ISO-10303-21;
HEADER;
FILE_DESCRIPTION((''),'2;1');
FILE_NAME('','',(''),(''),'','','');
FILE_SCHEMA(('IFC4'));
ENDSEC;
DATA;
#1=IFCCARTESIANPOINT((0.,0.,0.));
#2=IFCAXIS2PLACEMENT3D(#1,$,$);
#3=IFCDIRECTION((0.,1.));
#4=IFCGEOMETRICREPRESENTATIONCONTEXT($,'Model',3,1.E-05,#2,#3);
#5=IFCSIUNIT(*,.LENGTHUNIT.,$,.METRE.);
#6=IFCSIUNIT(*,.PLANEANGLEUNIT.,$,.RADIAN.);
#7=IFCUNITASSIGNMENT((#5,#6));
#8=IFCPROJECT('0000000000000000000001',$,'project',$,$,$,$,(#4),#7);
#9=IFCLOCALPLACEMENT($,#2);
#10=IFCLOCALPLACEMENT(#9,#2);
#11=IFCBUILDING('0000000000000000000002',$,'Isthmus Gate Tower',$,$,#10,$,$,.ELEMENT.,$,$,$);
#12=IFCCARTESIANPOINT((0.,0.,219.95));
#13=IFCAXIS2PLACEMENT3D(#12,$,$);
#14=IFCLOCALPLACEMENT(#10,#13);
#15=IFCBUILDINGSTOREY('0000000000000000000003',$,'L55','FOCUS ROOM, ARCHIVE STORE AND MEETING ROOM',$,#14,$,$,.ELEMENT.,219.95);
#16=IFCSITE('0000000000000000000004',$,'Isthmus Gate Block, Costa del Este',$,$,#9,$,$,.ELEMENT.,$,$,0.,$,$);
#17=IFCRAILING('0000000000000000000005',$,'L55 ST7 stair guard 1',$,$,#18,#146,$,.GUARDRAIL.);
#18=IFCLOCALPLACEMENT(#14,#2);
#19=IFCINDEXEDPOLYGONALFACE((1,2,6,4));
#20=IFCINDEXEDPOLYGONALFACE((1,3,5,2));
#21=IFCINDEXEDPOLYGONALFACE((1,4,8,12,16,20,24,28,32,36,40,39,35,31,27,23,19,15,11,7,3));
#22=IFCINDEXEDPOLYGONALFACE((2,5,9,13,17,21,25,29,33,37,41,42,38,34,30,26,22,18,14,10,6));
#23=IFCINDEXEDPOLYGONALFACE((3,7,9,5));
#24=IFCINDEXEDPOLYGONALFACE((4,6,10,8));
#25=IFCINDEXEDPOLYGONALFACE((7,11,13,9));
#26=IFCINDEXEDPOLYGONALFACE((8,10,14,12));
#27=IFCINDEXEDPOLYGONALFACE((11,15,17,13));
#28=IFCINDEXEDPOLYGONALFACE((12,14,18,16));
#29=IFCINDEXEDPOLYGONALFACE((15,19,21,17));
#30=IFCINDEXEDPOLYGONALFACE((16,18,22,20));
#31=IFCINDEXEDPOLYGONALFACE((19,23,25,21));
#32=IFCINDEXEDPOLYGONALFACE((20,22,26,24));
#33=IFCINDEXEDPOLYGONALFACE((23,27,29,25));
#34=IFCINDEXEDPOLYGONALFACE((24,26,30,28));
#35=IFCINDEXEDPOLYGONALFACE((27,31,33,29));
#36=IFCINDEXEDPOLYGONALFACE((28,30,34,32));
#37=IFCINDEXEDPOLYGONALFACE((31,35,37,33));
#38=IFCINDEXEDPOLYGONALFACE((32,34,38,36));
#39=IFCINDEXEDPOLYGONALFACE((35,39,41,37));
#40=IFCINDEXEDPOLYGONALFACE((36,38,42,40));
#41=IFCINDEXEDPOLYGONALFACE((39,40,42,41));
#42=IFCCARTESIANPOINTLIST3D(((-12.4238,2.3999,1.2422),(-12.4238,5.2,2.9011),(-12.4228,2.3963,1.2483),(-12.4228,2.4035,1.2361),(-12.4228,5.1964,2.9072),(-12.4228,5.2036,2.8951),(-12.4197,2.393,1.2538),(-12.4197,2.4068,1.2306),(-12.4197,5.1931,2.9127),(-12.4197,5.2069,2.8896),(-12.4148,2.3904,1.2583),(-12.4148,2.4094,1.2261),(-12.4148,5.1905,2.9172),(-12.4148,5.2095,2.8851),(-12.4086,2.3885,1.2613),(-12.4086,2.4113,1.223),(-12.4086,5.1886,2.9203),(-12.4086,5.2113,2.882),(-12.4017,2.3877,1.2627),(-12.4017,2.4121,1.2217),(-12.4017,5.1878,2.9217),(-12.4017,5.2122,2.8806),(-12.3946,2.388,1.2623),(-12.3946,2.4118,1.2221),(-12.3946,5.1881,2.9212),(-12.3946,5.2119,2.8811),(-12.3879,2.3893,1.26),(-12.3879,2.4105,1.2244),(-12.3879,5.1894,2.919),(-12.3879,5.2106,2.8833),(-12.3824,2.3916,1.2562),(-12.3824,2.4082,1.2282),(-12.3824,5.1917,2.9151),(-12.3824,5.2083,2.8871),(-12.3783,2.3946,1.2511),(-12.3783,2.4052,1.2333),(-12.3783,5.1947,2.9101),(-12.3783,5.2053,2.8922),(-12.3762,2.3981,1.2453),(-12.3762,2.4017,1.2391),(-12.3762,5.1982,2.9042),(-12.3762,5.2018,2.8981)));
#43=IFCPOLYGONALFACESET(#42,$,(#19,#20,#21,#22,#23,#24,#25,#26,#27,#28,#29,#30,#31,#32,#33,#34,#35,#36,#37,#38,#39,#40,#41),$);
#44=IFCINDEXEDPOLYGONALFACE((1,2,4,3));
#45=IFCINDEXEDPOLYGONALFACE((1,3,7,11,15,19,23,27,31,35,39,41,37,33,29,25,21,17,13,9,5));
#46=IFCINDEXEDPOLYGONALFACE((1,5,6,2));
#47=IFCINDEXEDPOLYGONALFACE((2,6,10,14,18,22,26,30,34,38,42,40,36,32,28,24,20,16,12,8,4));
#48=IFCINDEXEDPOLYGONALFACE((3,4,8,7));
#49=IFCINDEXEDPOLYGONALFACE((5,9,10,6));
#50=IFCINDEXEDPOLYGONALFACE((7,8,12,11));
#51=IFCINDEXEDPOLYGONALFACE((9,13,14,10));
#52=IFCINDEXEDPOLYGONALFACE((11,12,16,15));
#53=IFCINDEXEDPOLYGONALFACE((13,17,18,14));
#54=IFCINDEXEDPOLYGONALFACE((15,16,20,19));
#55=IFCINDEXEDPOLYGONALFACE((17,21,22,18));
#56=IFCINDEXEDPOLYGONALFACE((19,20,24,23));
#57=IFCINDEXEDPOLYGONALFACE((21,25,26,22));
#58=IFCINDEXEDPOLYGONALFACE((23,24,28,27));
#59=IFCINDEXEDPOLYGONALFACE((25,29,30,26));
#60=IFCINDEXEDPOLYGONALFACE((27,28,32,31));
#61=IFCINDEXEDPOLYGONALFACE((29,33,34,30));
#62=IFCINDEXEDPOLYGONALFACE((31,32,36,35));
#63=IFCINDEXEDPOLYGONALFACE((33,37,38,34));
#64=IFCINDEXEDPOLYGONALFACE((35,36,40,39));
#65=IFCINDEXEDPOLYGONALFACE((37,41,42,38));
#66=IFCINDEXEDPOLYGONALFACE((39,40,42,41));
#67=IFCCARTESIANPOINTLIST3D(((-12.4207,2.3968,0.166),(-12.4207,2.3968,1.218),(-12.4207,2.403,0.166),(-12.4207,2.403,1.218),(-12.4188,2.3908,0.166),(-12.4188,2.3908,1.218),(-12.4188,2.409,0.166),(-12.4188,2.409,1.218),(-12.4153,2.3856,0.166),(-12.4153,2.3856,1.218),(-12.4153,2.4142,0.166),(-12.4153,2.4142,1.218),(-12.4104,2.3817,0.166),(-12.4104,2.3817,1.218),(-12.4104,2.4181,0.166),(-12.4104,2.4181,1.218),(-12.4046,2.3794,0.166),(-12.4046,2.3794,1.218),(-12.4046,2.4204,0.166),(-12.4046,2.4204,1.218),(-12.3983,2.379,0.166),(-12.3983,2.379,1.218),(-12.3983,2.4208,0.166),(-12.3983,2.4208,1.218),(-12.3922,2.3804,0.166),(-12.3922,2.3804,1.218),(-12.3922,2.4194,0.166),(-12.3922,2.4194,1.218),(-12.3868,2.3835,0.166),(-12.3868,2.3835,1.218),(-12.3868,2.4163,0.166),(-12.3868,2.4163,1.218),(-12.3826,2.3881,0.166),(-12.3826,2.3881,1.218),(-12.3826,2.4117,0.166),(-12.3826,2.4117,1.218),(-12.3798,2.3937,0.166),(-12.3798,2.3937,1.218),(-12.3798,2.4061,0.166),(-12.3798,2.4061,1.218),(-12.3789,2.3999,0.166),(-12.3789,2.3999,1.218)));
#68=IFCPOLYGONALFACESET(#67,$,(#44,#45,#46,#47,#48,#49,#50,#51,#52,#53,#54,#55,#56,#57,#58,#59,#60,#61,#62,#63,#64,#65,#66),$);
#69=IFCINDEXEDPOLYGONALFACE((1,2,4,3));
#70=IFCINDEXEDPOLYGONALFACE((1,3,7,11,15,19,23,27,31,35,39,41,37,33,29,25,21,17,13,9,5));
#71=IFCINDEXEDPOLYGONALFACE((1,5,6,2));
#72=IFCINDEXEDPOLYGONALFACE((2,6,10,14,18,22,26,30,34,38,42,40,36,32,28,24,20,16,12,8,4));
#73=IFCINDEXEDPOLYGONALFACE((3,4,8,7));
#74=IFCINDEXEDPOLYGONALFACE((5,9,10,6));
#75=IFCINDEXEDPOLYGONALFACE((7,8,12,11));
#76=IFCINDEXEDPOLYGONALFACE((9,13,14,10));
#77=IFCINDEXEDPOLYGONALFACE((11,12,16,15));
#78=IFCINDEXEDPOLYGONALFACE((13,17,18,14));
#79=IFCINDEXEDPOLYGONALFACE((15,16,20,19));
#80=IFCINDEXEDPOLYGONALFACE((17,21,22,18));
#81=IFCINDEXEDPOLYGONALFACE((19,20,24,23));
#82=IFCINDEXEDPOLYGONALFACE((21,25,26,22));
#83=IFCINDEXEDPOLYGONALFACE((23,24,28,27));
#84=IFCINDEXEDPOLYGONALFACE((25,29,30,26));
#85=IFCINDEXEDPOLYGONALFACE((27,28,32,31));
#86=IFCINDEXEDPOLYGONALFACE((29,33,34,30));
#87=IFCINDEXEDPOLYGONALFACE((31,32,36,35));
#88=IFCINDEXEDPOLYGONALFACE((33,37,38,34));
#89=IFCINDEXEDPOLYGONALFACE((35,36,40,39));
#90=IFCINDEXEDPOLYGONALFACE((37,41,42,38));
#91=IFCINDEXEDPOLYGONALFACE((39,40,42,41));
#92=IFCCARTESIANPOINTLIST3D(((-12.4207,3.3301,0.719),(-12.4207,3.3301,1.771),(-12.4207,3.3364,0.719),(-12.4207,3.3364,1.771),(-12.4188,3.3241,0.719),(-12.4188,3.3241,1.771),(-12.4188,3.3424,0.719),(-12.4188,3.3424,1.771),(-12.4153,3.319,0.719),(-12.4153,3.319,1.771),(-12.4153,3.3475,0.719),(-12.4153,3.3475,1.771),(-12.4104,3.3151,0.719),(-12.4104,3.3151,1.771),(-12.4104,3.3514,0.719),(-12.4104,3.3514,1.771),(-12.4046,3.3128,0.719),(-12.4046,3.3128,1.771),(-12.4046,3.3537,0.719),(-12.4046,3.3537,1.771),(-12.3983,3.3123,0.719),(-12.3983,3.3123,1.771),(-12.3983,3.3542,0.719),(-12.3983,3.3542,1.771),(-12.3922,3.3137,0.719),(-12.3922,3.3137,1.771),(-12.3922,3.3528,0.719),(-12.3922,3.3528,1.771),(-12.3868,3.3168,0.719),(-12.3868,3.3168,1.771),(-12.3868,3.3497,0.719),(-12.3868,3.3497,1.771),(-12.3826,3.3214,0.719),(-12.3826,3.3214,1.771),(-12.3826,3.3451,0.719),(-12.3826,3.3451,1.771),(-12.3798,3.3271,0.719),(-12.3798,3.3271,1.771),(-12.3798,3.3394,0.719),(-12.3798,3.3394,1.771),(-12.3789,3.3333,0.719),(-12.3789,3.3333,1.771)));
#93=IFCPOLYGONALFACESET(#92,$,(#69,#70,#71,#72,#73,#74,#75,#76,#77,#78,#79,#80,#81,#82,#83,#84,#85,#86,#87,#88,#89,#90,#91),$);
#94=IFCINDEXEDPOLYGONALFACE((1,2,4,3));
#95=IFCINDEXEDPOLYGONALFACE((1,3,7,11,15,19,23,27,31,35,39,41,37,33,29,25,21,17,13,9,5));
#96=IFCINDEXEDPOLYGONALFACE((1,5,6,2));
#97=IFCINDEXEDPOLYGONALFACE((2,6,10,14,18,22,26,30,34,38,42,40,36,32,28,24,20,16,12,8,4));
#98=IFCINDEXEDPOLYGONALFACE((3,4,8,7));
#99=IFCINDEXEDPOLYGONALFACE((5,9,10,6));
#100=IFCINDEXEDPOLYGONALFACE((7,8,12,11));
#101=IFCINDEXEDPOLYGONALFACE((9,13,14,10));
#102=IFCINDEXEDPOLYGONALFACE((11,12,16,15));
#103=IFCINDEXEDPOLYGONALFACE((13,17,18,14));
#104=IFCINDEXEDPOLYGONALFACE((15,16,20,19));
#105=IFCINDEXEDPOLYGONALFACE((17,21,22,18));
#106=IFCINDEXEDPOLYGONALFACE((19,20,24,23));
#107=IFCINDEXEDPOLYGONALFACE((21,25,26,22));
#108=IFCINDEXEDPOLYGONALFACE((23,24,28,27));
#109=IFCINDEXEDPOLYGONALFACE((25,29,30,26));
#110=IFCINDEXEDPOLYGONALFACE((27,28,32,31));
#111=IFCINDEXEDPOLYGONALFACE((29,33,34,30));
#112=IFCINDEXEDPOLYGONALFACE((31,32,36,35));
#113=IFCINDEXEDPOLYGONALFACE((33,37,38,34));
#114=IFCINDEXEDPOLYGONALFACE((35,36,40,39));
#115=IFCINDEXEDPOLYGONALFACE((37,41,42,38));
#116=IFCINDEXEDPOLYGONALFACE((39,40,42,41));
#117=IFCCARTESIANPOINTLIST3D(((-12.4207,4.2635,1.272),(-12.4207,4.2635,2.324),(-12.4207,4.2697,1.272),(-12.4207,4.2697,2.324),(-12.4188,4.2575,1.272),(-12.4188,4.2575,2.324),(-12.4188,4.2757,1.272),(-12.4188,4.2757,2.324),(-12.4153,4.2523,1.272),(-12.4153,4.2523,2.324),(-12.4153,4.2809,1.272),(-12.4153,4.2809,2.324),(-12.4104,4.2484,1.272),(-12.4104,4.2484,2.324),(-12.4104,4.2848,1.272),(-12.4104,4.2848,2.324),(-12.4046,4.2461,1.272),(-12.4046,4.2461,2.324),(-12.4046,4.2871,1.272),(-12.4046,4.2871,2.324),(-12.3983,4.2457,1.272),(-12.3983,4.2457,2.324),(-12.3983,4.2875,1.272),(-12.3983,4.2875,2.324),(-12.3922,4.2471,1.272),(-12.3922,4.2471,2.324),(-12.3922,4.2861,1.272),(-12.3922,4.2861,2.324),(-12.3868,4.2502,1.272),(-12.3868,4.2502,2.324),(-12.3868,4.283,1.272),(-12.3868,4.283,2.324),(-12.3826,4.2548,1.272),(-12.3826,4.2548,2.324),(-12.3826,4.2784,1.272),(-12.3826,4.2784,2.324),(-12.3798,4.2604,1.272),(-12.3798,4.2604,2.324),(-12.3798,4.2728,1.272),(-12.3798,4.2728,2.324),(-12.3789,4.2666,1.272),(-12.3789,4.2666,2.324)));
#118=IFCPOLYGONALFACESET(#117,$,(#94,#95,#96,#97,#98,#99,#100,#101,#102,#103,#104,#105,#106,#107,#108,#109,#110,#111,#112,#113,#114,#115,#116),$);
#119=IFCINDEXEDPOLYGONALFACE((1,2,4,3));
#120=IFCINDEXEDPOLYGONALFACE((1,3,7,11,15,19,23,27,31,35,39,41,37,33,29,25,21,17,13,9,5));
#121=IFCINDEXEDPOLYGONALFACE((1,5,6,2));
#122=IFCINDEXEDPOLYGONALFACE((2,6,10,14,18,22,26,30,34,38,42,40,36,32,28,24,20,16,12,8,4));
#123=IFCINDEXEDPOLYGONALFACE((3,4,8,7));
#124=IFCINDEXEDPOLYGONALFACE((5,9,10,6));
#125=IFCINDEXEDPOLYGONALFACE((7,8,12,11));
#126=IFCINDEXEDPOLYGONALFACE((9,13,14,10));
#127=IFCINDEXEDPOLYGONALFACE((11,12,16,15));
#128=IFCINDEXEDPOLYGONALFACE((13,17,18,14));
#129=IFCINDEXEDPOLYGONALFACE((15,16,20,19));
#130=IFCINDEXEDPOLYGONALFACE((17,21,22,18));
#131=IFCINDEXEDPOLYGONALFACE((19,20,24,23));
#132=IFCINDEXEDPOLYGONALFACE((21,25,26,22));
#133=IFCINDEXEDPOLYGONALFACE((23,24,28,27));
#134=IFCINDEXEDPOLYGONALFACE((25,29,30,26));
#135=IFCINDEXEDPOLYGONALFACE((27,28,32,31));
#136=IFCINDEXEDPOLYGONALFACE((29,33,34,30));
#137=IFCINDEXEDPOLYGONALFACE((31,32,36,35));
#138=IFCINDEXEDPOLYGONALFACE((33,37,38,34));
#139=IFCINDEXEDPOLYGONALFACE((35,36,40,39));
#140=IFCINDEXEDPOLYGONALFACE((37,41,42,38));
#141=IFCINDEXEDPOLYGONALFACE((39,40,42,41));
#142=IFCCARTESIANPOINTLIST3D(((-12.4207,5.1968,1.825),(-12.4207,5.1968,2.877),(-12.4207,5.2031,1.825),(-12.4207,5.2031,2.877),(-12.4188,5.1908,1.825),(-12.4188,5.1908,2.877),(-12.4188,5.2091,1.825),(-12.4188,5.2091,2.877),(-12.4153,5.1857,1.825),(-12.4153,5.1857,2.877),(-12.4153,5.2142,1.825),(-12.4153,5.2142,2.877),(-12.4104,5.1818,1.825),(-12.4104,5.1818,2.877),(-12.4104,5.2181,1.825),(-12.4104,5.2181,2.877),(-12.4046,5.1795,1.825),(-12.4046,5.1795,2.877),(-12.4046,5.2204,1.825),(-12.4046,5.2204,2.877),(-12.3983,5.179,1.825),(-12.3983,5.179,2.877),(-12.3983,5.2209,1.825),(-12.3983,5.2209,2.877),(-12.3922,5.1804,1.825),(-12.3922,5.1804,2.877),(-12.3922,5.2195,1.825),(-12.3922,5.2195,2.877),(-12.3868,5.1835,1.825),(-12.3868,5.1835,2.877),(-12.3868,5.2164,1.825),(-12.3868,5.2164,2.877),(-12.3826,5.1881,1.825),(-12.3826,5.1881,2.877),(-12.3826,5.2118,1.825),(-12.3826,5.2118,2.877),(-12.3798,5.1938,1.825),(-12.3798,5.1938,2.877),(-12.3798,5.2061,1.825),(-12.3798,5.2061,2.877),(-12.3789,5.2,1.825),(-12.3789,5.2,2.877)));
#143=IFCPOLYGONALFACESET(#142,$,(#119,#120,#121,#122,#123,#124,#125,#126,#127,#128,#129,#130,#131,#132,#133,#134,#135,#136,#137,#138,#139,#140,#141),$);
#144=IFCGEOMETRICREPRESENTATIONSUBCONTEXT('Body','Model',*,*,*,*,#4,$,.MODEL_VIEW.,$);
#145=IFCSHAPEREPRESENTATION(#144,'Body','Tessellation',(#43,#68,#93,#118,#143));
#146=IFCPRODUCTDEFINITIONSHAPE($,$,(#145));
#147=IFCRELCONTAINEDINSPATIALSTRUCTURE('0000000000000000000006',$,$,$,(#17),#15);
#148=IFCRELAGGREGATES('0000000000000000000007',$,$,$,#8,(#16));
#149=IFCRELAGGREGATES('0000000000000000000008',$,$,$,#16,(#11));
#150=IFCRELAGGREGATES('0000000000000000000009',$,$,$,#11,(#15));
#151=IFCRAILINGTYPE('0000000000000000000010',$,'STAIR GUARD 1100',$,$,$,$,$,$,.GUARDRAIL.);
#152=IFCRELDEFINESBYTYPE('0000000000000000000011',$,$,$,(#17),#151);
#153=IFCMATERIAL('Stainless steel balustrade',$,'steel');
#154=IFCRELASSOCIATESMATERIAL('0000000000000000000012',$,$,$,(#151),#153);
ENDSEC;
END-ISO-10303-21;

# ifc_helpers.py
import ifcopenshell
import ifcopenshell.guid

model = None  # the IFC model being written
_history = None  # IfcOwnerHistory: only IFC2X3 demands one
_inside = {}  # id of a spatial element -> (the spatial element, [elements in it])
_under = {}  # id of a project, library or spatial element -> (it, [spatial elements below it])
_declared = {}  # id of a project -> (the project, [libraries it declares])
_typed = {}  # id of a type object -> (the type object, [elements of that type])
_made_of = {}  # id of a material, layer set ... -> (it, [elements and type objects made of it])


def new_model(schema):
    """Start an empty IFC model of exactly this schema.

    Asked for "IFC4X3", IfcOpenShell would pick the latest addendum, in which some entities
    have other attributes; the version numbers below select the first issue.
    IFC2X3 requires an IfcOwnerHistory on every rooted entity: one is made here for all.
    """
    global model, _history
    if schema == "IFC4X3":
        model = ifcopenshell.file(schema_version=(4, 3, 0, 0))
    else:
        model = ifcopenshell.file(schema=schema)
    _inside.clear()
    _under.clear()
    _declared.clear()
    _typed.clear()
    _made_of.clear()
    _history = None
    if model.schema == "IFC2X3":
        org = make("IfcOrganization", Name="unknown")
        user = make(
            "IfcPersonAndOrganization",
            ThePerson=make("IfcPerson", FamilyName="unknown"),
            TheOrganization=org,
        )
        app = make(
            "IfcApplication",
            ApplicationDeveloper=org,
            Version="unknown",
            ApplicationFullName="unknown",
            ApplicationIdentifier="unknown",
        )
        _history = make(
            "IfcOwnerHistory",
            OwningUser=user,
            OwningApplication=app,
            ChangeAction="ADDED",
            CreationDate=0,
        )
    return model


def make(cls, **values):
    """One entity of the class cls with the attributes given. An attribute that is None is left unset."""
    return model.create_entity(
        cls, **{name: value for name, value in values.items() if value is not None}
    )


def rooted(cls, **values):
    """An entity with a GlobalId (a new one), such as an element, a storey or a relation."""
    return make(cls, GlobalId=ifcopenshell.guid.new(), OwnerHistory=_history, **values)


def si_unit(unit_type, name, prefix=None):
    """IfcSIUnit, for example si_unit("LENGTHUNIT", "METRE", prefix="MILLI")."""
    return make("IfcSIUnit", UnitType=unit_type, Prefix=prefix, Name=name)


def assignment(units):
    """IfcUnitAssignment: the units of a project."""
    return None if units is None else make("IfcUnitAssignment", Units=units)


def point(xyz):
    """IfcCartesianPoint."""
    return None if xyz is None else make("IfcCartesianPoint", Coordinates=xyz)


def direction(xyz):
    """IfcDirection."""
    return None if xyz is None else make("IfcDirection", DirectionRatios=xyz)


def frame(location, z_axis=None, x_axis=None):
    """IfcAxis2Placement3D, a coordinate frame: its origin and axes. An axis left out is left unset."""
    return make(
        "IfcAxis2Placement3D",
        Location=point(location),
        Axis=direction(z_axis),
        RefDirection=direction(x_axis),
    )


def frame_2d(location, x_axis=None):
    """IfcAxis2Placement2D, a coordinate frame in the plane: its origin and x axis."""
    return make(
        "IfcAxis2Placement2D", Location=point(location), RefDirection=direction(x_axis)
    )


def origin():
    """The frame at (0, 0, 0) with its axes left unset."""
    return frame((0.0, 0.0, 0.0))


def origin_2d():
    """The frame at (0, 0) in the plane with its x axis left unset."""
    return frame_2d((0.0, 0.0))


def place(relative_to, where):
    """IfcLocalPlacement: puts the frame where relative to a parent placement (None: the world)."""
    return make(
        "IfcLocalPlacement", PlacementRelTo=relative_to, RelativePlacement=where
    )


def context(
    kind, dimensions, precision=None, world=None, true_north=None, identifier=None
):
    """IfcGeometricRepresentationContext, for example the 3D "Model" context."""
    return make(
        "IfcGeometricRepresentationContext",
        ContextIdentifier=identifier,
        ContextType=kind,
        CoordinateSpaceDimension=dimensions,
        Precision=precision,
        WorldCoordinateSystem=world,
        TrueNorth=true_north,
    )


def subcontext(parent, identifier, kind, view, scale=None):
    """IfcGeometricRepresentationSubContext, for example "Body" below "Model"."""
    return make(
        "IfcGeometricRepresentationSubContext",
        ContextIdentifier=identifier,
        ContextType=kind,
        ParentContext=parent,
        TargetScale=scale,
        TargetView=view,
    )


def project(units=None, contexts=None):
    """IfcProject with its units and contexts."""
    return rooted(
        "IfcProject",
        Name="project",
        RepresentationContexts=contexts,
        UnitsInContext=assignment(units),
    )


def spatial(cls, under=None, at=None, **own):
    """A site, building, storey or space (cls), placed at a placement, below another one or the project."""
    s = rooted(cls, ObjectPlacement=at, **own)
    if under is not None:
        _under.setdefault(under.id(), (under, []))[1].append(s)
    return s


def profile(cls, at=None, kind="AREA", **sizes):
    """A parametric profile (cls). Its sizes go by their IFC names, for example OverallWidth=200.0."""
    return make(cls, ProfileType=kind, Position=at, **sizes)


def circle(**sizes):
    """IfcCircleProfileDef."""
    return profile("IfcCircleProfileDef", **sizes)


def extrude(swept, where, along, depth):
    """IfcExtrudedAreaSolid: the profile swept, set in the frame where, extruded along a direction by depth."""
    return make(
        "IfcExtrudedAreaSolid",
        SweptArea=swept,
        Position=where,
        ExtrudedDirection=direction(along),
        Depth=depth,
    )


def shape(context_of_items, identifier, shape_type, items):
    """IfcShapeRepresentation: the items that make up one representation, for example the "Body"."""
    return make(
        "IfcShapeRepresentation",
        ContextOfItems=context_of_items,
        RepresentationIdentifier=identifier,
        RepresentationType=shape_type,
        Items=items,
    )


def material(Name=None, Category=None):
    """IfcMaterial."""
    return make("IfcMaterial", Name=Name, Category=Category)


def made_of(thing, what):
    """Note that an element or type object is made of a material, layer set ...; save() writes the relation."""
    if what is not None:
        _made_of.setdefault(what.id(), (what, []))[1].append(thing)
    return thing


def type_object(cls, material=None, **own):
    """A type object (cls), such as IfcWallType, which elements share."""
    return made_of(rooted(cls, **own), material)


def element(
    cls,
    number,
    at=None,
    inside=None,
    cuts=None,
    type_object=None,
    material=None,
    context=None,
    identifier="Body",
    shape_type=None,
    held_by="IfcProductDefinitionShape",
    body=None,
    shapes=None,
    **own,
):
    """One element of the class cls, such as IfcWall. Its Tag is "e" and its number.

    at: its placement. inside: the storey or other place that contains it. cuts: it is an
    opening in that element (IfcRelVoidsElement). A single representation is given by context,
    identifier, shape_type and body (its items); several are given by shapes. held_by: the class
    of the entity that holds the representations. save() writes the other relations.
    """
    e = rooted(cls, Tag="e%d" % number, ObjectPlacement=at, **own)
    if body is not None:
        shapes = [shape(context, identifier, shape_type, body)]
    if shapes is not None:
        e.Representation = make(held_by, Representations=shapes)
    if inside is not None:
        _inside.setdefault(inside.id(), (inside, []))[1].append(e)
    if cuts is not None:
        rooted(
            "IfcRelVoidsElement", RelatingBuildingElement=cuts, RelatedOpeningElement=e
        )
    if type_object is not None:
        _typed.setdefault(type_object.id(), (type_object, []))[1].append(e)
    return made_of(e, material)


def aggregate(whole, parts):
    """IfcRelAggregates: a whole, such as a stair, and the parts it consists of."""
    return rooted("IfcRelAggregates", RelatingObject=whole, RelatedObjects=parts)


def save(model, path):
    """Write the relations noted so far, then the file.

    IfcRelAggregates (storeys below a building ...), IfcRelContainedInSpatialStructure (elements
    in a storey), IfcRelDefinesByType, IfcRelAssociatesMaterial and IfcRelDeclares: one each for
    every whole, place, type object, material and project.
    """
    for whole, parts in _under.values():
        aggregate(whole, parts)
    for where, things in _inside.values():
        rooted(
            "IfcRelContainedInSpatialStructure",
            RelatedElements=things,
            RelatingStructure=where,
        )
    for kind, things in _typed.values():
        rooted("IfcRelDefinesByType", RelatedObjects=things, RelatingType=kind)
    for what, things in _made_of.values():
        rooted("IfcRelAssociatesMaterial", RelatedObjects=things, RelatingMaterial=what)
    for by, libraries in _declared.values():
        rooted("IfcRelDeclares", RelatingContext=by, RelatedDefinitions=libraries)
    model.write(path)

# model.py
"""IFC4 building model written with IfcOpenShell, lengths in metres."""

from ifc_helpers import new_model, si_unit, direction, frame, origin, origin_2d, place, context, subcontext, project, spatial, circle, extrude, material, type_object, element, save


model = new_model("IFC4")

# Units and contexts
model_context = context("Model", 3, precision=1e-05, world=origin(), true_north=direction((0.0, 1.0)))
body_context = subcontext(model_context, "Body", "Model", "MODEL_VIEW")
ifc_project = project(units=[si_unit("LENGTHUNIT", "METRE"), si_unit("PLANEANGLEUNIT", "RADIAN")], contexts=[model_context])

# Site, building, storey
site_placement = place(None, origin())
site = spatial("IfcSite", under=ifc_project, at=site_placement, Name="Isthmus Gate Block, Costa del Este", CompositionType="ELEMENT", RefElevation=0.0)
building_placement = place(site_placement, origin())
building = spatial("IfcBuilding", under=site, at=building_placement, Name="Isthmus Gate Tower", CompositionType="ELEMENT")
storey_placement = place(building_placement, frame((0.0, 0.0, 219.95)))
storey = spatial("IfcBuildingStorey", under=building, at=storey_placement, Name="L55", Description="FOCUS ROOM, ARCHIVE STORE AND MEETING ROOM", CompositionType="ELEMENT", Elevation=219.95)

# Railing
ifc_material_1 = material(Name="Stainless steel balustrade", Category="steel")
railing_type = type_object("IfcRailingType", Name="STAIR GUARD 1100", PredefinedType="GUARDRAIL", material=ifc_material_1)
railing_1_placement = place(storey_placement, frame((-12.3999, 2.3999, 0.166)))
element("IfcRailing", 1, at=railing_1_placement, inside=storey, type_object=railing_type, Name="L55 ST7 stair guard 1", PredefinedType="GUARDRAIL", context=body_context, shape_type="SweptSolid", body=[
    extrude(circle(Radius=0.0239, at=origin_2d()), frame((0.0, 0.0, 1.0762), z_axis=(0.0, 0.860339, 0.509722), x_axis=(-1.0, 0.0, 0.0)), (0.0, 0.0, 1.0), 3.2546),
    extrude(circle(Radius=0.021, at=origin_2d()), origin(), (0.0, 0.0, 1.0), 1.052),
    extrude(circle(Radius=0.021, at=origin_2d()), frame((0.0, 0.9333, 0.553)), (0.0, 0.0, 1.0), 1.052),
    extrude(circle(Radius=0.021, at=origin_2d()), frame((0.0, 1.8667, 1.106)), (0.0, 0.0, 1.0), 1.052),
    extrude(circle(Radius=0.021, at=origin_2d()), frame((0.0, 2.8, 1.6589)), (0.0, 0.0, 1.0), 1.052),
])

save(model, "model.ifc")
